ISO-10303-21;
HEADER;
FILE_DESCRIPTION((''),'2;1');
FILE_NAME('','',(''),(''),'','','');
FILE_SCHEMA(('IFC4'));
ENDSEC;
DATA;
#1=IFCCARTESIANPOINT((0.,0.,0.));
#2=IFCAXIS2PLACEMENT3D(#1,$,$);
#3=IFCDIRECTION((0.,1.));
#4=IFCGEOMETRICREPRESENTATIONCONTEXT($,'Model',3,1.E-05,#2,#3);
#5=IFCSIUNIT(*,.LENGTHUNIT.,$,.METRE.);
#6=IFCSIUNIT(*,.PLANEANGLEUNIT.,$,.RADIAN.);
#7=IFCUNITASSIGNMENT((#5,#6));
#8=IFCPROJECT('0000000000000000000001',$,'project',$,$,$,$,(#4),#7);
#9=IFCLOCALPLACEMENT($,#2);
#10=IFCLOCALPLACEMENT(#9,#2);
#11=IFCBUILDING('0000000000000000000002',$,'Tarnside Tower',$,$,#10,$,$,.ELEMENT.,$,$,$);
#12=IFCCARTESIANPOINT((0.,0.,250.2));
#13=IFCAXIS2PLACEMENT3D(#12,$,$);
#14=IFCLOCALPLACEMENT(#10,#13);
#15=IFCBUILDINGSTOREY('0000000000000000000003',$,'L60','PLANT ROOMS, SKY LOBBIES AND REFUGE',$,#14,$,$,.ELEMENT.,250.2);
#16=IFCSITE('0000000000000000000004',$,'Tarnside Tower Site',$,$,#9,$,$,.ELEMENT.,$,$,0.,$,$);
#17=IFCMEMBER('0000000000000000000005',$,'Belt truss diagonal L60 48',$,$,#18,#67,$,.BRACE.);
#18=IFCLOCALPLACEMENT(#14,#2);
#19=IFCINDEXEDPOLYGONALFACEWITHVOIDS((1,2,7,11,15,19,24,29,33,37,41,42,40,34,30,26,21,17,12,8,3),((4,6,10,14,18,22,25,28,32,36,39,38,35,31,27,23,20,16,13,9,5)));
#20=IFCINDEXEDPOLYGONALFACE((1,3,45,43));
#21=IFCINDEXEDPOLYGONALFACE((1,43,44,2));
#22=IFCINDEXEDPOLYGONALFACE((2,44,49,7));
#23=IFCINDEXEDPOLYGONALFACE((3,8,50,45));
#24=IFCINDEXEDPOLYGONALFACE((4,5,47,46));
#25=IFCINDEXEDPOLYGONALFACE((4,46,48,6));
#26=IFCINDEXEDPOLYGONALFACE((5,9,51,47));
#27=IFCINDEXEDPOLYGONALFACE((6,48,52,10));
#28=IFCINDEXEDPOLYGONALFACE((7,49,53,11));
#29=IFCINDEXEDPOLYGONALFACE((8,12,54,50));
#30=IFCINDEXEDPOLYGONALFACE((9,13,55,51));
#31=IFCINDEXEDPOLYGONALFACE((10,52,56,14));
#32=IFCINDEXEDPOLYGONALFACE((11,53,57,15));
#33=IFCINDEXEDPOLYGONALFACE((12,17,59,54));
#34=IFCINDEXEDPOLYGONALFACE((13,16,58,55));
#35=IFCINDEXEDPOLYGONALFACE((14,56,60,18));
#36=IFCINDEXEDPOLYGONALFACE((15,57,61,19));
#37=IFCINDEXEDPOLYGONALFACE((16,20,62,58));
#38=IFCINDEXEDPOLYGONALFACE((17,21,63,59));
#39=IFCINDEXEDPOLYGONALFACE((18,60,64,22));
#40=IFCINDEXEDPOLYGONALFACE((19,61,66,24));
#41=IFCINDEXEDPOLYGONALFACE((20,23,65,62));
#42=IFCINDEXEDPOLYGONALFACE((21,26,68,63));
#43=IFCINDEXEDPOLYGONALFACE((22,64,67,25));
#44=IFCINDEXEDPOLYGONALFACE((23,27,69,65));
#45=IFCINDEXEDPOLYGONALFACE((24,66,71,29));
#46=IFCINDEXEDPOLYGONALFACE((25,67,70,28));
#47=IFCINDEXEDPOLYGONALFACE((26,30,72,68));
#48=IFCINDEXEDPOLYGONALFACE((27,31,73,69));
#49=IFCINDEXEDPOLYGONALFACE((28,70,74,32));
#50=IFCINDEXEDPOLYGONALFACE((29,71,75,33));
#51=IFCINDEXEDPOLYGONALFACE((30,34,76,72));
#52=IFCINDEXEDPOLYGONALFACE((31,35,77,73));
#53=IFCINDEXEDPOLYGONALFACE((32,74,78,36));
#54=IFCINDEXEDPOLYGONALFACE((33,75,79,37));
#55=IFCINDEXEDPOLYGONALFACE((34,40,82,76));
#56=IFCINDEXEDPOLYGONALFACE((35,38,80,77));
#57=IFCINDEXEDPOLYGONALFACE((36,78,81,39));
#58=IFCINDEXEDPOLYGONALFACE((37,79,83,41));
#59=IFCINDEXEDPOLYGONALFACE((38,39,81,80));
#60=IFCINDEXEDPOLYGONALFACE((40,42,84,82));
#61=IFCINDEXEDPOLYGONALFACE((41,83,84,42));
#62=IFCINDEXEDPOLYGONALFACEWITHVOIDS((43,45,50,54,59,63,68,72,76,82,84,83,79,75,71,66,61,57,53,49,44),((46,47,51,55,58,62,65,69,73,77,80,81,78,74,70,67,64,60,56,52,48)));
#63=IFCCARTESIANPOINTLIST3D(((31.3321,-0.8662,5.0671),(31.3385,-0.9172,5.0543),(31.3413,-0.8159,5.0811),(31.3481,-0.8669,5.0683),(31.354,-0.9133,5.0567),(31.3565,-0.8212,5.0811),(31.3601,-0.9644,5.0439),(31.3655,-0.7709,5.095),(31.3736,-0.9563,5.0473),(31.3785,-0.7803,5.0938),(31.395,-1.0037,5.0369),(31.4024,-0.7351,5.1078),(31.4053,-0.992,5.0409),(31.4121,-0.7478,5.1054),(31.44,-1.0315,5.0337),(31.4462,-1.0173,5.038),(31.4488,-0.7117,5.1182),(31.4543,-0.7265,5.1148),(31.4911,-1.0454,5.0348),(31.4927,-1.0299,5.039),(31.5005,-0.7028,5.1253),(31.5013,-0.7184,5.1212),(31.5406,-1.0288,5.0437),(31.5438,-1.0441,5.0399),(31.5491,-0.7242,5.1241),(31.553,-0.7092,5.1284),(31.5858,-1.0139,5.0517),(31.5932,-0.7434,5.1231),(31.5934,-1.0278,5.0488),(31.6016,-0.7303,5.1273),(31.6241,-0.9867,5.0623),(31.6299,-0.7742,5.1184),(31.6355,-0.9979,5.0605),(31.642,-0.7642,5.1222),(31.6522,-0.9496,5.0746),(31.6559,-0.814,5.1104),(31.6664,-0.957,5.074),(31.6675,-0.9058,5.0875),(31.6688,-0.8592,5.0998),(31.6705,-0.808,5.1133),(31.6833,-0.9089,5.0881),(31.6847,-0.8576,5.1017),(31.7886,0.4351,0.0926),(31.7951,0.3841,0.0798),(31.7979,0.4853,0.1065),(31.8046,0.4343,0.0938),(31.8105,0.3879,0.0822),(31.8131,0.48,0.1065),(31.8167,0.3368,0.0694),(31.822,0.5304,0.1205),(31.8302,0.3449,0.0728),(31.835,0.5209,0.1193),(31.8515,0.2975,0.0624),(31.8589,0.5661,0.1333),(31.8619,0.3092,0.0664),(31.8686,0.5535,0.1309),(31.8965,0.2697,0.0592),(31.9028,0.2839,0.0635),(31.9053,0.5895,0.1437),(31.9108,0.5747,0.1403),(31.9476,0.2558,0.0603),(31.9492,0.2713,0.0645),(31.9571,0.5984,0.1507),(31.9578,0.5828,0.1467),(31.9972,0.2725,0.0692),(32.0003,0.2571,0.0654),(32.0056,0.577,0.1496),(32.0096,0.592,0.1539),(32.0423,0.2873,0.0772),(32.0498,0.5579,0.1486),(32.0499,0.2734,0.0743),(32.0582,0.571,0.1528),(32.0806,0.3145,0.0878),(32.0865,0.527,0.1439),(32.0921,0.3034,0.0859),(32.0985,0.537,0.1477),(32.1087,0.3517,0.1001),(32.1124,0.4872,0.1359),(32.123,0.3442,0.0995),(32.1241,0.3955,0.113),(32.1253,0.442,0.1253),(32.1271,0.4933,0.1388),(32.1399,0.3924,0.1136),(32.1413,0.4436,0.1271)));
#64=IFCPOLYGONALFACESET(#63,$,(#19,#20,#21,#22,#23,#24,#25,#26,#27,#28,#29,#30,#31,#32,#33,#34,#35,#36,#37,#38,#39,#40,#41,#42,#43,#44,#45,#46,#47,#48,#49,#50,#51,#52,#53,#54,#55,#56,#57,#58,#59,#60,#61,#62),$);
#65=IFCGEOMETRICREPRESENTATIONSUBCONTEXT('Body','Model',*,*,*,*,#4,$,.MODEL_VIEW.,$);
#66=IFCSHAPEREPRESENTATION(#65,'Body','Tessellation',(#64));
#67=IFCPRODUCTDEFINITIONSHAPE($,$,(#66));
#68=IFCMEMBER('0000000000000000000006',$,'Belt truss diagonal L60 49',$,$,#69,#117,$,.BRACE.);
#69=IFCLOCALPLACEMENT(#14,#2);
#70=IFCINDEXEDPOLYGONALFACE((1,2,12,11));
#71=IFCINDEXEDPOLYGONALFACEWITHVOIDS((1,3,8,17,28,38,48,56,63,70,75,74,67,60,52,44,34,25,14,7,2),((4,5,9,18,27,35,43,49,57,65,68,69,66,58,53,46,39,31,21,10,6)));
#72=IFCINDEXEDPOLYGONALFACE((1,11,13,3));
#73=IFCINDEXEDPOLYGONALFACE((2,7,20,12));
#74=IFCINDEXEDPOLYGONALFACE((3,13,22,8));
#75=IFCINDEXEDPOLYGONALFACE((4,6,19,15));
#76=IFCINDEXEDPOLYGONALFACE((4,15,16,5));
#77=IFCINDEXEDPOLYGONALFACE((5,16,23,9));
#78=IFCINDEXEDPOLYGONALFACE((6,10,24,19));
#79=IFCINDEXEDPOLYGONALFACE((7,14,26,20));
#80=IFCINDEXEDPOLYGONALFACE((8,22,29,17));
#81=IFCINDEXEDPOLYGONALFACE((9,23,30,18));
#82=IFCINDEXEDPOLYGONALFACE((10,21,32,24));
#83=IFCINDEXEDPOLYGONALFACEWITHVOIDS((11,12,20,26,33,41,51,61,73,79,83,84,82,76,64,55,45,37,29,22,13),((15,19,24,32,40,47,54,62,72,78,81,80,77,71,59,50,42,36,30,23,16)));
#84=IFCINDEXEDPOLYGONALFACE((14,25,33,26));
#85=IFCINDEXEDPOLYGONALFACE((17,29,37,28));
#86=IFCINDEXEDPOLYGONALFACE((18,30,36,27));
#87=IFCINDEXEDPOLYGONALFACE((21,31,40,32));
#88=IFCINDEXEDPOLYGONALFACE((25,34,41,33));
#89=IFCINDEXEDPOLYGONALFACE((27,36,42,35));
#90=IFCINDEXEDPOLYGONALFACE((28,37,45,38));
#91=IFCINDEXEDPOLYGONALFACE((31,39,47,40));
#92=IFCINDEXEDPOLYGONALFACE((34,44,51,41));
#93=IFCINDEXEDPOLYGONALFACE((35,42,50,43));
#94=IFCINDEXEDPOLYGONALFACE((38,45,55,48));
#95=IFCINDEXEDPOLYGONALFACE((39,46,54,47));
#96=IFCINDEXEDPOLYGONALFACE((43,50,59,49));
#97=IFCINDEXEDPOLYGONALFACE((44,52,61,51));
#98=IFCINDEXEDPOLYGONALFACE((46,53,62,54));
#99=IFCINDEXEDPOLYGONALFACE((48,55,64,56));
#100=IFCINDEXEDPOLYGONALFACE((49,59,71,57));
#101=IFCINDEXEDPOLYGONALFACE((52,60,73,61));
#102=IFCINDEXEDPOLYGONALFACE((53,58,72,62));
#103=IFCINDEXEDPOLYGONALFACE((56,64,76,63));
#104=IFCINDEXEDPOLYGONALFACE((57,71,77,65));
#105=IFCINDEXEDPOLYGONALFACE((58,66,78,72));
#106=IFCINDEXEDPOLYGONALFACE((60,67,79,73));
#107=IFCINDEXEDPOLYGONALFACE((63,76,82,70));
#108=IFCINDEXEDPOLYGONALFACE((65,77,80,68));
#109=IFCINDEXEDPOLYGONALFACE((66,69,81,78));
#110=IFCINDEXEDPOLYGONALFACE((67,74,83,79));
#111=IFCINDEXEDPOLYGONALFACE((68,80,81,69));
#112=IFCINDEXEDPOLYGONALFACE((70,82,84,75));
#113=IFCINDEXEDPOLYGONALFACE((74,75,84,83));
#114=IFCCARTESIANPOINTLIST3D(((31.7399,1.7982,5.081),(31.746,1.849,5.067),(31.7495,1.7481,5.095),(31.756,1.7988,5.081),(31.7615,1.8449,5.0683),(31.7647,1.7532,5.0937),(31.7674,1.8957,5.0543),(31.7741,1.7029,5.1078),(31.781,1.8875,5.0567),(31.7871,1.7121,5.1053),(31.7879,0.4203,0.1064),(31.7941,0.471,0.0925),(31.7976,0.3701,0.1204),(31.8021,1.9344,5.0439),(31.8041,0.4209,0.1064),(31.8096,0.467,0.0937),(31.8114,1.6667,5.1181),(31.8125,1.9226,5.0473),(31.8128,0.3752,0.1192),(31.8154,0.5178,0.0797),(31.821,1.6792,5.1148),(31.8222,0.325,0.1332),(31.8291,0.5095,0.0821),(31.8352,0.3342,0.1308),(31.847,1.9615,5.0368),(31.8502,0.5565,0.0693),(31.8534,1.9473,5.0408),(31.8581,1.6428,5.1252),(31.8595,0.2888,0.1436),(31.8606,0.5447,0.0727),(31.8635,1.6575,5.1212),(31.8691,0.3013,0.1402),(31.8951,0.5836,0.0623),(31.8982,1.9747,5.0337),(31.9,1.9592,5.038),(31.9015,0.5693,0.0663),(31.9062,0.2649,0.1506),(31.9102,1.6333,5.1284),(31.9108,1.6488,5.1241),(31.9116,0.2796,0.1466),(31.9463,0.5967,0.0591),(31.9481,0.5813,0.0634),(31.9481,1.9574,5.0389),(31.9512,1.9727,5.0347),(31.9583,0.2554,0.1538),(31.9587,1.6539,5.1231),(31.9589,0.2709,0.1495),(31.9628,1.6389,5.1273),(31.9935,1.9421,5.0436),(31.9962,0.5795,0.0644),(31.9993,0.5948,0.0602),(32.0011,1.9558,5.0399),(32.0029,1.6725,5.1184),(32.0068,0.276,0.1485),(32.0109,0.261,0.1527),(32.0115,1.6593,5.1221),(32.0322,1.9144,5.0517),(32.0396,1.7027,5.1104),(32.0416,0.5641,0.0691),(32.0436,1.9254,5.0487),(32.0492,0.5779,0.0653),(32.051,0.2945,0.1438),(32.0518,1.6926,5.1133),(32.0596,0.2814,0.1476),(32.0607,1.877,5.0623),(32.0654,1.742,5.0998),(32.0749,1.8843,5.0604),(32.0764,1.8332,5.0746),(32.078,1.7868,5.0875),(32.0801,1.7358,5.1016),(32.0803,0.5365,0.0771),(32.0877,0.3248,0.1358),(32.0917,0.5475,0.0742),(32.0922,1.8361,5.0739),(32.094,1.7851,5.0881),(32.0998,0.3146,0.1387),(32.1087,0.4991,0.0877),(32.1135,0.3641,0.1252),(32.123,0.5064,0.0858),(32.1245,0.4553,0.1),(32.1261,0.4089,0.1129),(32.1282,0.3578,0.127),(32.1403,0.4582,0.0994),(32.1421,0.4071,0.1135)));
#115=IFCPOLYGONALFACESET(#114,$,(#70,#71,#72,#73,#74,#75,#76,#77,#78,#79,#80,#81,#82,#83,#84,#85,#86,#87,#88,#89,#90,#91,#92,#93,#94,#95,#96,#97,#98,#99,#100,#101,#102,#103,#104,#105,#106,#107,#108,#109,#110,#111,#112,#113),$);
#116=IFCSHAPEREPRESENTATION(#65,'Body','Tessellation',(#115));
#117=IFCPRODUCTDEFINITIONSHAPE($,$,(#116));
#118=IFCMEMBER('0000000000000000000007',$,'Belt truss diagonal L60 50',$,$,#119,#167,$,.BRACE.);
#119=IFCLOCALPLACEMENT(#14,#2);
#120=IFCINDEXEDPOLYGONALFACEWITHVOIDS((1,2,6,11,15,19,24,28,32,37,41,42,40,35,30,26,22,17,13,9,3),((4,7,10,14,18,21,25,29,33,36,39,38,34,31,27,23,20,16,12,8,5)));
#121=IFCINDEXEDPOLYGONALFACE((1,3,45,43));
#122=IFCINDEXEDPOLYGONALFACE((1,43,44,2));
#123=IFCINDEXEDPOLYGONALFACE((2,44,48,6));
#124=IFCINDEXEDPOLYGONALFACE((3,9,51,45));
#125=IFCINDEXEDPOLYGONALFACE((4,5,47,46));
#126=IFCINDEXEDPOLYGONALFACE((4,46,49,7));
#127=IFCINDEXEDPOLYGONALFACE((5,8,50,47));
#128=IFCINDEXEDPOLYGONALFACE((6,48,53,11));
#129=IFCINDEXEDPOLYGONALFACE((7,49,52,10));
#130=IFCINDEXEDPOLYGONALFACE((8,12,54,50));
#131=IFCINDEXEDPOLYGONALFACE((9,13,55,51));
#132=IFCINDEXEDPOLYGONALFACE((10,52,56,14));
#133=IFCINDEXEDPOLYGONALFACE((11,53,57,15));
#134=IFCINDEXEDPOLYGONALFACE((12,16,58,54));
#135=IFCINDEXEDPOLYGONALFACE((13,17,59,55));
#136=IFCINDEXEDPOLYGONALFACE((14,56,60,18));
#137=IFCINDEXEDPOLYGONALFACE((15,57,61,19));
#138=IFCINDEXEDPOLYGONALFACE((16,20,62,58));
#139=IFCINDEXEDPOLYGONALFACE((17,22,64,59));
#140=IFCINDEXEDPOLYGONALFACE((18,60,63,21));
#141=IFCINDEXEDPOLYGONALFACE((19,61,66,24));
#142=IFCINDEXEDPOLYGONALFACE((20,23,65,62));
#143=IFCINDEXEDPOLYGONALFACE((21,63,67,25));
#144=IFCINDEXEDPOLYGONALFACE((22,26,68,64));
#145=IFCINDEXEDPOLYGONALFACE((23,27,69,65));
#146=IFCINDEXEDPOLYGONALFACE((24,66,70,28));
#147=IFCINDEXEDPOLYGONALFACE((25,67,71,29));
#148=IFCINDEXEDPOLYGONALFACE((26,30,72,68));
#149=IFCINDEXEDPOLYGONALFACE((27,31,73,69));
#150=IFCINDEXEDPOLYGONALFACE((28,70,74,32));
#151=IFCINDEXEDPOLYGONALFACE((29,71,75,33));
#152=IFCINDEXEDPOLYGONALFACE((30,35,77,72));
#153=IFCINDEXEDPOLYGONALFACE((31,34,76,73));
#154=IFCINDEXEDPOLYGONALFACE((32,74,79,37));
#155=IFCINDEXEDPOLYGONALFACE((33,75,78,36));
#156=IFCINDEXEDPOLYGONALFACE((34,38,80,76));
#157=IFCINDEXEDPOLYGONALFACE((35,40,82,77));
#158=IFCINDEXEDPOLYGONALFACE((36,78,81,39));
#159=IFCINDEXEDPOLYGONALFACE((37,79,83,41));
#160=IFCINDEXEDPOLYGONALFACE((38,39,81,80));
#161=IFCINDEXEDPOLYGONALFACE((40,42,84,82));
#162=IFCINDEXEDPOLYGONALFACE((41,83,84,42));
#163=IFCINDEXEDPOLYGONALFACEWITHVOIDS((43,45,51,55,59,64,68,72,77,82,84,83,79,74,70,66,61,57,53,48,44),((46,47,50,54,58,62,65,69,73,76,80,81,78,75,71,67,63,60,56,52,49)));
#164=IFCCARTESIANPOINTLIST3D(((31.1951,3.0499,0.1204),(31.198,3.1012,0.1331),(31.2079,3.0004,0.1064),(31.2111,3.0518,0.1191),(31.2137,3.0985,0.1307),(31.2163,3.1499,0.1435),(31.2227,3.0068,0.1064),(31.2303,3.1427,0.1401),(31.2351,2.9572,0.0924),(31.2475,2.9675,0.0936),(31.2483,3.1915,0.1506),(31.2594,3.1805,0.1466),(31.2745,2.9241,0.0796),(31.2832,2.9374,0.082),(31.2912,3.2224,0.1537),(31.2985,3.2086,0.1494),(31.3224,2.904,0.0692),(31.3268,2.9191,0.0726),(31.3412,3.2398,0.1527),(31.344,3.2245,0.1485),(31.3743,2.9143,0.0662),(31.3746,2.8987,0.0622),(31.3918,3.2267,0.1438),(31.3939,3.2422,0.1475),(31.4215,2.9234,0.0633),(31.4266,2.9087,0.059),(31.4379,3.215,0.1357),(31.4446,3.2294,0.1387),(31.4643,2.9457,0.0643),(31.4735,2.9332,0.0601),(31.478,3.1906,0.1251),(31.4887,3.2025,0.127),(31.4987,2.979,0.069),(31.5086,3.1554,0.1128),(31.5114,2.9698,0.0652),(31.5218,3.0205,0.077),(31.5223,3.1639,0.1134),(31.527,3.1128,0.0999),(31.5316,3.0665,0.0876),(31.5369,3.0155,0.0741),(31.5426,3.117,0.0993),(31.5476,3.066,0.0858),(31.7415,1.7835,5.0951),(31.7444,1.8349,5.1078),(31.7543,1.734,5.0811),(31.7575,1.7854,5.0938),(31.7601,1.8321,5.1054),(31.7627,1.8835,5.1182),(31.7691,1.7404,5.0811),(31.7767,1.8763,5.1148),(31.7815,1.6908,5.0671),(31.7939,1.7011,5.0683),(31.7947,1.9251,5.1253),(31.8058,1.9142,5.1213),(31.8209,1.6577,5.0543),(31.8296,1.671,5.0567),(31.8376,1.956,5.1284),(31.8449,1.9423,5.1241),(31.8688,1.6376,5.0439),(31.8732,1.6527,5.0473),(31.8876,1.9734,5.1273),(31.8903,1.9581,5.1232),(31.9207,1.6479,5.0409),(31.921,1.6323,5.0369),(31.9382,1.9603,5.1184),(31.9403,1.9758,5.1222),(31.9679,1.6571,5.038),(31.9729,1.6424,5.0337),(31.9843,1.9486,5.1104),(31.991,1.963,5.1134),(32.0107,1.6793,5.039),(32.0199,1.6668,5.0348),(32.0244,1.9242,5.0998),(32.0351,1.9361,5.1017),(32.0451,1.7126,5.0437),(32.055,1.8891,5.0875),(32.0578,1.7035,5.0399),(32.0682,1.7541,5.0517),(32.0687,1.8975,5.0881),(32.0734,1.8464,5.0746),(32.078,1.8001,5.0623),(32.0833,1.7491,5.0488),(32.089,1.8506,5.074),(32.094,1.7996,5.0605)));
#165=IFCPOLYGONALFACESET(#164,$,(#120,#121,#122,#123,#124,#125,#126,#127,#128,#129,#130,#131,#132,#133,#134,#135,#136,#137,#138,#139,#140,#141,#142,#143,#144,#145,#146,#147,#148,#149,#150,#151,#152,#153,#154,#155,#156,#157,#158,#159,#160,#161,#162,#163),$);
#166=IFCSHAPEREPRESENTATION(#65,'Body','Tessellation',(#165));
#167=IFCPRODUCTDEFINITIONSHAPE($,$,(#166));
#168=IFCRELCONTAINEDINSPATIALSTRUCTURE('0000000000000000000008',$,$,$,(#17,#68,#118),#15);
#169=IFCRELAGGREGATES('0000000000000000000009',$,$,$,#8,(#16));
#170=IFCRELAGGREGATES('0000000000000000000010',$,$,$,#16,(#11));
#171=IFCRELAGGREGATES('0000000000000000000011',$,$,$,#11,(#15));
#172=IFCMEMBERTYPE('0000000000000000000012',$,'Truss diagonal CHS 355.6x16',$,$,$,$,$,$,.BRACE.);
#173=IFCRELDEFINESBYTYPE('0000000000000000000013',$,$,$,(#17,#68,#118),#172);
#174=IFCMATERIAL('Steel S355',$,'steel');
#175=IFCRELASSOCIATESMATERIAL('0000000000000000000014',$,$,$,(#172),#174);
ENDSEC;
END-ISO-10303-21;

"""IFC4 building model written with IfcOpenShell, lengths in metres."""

from ifc_helpers import new_model, si_unit, direction, frame, origin, origin_2d, place, context, subcontext, project, spatial, hollow_circle, extrude, material, material_profile, profile_set, type_object, element, save


model = new_model("IFC4")

# Units and contexts
model_context = context("Model", 3, precision=1e-05, world=origin(), true_north=direction((0.0, 1.0)))
body_context = subcontext(model_context, "Body", "Model", "MODEL_VIEW")
ifc_project = project(units=[si_unit("LENGTHUNIT", "METRE"), si_unit("PLANEANGLEUNIT", "RADIAN")], contexts=[model_context])

# Site, building, storey
site_placement = place(None, origin())
site = spatial("IfcSite", under=ifc_project, at=site_placement, Name="Tarnside Tower Site", CompositionType="ELEMENT", RefElevation=0.0)
building_placement = place(site_placement, origin())
building = spatial("IfcBuilding", under=site, at=building_placement, Name="Tarnside Tower", CompositionType="ELEMENT")
storey_placement = place(building_placement, frame((0.0, 0.0, 250.2)))
storey = spatial("IfcBuildingStorey", under=building, at=storey_placement, Name="L60", Description="PLANT ROOMS, SKY LOBBIES AND REFUGE", CompositionType="ELEMENT", Elevation=250.2)

# Shared definitions
ifc_material_1 = material(Name="Steel S355", Category="steel")

# Members
ifc_material_profile_1 = material_profile(ifc_material_1, hollow_circle(Radius=0.1777, WallThickness=0.0161, at=origin_2d()), Name="CHS 355.6x16")
ifc_profile_set_1 = profile_set([ifc_material_profile_1], Name="Steel S355")
member_type_1 = type_object("IfcMemberType", Name="Truss diagonal CHS 355.6x16", PredefinedType="BRACE", material=ifc_profile_set_1)
for number, where, z_axis, x_axis, name in (
    (1, (31.509, -0.8748, 5.0811), (0.088439, 0.252076, -0.963658), (-0.94361, 0.33106, 0.0), "Belt truss diagonal L60 48"),
    (2, (31.9656, 0.4265, 0.1064), (-0.009317, 0.26693, 0.963671), (-0.999391, -0.034883, 0.0), "Belt truss diagonal L60 49"),
):
    element("IfcMember", number, at=place(storey_placement, frame(where, z_axis=z_axis, x_axis=x_axis)), inside=storey, type_object=member_type_1, Name=name, PredefinedType="BRACE", context=body_context, shape_type="SweptSolid", body=[
        extrude(hollow_circle(Radius=0.1777, WallThickness=0.0161, at=origin_2d()), origin(), (0.0, 0.0, 1.0), 5.1621),
    ])
member_1_placement = place(storey_placement, frame((31.9175, 1.8044, 5.0811), z_axis=(-0.105843, 0.245311, -0.963649), x_axis=(-0.918181, -0.396161, 0.0)))
element("IfcMember", 3, at=member_1_placement, inside=storey, type_object=member_type_1, Name="Belt truss diagonal L60 50", PredefinedType="BRACE", context=body_context, shape_type="SweptSolid", body=[
    extrude(hollow_circle(Radius=0.1777, WallThickness=0.0161, at=origin_2d()), origin(), (0.0, 0.0, 1.0), 5.1624),
])

save(model, "model.ifc")
